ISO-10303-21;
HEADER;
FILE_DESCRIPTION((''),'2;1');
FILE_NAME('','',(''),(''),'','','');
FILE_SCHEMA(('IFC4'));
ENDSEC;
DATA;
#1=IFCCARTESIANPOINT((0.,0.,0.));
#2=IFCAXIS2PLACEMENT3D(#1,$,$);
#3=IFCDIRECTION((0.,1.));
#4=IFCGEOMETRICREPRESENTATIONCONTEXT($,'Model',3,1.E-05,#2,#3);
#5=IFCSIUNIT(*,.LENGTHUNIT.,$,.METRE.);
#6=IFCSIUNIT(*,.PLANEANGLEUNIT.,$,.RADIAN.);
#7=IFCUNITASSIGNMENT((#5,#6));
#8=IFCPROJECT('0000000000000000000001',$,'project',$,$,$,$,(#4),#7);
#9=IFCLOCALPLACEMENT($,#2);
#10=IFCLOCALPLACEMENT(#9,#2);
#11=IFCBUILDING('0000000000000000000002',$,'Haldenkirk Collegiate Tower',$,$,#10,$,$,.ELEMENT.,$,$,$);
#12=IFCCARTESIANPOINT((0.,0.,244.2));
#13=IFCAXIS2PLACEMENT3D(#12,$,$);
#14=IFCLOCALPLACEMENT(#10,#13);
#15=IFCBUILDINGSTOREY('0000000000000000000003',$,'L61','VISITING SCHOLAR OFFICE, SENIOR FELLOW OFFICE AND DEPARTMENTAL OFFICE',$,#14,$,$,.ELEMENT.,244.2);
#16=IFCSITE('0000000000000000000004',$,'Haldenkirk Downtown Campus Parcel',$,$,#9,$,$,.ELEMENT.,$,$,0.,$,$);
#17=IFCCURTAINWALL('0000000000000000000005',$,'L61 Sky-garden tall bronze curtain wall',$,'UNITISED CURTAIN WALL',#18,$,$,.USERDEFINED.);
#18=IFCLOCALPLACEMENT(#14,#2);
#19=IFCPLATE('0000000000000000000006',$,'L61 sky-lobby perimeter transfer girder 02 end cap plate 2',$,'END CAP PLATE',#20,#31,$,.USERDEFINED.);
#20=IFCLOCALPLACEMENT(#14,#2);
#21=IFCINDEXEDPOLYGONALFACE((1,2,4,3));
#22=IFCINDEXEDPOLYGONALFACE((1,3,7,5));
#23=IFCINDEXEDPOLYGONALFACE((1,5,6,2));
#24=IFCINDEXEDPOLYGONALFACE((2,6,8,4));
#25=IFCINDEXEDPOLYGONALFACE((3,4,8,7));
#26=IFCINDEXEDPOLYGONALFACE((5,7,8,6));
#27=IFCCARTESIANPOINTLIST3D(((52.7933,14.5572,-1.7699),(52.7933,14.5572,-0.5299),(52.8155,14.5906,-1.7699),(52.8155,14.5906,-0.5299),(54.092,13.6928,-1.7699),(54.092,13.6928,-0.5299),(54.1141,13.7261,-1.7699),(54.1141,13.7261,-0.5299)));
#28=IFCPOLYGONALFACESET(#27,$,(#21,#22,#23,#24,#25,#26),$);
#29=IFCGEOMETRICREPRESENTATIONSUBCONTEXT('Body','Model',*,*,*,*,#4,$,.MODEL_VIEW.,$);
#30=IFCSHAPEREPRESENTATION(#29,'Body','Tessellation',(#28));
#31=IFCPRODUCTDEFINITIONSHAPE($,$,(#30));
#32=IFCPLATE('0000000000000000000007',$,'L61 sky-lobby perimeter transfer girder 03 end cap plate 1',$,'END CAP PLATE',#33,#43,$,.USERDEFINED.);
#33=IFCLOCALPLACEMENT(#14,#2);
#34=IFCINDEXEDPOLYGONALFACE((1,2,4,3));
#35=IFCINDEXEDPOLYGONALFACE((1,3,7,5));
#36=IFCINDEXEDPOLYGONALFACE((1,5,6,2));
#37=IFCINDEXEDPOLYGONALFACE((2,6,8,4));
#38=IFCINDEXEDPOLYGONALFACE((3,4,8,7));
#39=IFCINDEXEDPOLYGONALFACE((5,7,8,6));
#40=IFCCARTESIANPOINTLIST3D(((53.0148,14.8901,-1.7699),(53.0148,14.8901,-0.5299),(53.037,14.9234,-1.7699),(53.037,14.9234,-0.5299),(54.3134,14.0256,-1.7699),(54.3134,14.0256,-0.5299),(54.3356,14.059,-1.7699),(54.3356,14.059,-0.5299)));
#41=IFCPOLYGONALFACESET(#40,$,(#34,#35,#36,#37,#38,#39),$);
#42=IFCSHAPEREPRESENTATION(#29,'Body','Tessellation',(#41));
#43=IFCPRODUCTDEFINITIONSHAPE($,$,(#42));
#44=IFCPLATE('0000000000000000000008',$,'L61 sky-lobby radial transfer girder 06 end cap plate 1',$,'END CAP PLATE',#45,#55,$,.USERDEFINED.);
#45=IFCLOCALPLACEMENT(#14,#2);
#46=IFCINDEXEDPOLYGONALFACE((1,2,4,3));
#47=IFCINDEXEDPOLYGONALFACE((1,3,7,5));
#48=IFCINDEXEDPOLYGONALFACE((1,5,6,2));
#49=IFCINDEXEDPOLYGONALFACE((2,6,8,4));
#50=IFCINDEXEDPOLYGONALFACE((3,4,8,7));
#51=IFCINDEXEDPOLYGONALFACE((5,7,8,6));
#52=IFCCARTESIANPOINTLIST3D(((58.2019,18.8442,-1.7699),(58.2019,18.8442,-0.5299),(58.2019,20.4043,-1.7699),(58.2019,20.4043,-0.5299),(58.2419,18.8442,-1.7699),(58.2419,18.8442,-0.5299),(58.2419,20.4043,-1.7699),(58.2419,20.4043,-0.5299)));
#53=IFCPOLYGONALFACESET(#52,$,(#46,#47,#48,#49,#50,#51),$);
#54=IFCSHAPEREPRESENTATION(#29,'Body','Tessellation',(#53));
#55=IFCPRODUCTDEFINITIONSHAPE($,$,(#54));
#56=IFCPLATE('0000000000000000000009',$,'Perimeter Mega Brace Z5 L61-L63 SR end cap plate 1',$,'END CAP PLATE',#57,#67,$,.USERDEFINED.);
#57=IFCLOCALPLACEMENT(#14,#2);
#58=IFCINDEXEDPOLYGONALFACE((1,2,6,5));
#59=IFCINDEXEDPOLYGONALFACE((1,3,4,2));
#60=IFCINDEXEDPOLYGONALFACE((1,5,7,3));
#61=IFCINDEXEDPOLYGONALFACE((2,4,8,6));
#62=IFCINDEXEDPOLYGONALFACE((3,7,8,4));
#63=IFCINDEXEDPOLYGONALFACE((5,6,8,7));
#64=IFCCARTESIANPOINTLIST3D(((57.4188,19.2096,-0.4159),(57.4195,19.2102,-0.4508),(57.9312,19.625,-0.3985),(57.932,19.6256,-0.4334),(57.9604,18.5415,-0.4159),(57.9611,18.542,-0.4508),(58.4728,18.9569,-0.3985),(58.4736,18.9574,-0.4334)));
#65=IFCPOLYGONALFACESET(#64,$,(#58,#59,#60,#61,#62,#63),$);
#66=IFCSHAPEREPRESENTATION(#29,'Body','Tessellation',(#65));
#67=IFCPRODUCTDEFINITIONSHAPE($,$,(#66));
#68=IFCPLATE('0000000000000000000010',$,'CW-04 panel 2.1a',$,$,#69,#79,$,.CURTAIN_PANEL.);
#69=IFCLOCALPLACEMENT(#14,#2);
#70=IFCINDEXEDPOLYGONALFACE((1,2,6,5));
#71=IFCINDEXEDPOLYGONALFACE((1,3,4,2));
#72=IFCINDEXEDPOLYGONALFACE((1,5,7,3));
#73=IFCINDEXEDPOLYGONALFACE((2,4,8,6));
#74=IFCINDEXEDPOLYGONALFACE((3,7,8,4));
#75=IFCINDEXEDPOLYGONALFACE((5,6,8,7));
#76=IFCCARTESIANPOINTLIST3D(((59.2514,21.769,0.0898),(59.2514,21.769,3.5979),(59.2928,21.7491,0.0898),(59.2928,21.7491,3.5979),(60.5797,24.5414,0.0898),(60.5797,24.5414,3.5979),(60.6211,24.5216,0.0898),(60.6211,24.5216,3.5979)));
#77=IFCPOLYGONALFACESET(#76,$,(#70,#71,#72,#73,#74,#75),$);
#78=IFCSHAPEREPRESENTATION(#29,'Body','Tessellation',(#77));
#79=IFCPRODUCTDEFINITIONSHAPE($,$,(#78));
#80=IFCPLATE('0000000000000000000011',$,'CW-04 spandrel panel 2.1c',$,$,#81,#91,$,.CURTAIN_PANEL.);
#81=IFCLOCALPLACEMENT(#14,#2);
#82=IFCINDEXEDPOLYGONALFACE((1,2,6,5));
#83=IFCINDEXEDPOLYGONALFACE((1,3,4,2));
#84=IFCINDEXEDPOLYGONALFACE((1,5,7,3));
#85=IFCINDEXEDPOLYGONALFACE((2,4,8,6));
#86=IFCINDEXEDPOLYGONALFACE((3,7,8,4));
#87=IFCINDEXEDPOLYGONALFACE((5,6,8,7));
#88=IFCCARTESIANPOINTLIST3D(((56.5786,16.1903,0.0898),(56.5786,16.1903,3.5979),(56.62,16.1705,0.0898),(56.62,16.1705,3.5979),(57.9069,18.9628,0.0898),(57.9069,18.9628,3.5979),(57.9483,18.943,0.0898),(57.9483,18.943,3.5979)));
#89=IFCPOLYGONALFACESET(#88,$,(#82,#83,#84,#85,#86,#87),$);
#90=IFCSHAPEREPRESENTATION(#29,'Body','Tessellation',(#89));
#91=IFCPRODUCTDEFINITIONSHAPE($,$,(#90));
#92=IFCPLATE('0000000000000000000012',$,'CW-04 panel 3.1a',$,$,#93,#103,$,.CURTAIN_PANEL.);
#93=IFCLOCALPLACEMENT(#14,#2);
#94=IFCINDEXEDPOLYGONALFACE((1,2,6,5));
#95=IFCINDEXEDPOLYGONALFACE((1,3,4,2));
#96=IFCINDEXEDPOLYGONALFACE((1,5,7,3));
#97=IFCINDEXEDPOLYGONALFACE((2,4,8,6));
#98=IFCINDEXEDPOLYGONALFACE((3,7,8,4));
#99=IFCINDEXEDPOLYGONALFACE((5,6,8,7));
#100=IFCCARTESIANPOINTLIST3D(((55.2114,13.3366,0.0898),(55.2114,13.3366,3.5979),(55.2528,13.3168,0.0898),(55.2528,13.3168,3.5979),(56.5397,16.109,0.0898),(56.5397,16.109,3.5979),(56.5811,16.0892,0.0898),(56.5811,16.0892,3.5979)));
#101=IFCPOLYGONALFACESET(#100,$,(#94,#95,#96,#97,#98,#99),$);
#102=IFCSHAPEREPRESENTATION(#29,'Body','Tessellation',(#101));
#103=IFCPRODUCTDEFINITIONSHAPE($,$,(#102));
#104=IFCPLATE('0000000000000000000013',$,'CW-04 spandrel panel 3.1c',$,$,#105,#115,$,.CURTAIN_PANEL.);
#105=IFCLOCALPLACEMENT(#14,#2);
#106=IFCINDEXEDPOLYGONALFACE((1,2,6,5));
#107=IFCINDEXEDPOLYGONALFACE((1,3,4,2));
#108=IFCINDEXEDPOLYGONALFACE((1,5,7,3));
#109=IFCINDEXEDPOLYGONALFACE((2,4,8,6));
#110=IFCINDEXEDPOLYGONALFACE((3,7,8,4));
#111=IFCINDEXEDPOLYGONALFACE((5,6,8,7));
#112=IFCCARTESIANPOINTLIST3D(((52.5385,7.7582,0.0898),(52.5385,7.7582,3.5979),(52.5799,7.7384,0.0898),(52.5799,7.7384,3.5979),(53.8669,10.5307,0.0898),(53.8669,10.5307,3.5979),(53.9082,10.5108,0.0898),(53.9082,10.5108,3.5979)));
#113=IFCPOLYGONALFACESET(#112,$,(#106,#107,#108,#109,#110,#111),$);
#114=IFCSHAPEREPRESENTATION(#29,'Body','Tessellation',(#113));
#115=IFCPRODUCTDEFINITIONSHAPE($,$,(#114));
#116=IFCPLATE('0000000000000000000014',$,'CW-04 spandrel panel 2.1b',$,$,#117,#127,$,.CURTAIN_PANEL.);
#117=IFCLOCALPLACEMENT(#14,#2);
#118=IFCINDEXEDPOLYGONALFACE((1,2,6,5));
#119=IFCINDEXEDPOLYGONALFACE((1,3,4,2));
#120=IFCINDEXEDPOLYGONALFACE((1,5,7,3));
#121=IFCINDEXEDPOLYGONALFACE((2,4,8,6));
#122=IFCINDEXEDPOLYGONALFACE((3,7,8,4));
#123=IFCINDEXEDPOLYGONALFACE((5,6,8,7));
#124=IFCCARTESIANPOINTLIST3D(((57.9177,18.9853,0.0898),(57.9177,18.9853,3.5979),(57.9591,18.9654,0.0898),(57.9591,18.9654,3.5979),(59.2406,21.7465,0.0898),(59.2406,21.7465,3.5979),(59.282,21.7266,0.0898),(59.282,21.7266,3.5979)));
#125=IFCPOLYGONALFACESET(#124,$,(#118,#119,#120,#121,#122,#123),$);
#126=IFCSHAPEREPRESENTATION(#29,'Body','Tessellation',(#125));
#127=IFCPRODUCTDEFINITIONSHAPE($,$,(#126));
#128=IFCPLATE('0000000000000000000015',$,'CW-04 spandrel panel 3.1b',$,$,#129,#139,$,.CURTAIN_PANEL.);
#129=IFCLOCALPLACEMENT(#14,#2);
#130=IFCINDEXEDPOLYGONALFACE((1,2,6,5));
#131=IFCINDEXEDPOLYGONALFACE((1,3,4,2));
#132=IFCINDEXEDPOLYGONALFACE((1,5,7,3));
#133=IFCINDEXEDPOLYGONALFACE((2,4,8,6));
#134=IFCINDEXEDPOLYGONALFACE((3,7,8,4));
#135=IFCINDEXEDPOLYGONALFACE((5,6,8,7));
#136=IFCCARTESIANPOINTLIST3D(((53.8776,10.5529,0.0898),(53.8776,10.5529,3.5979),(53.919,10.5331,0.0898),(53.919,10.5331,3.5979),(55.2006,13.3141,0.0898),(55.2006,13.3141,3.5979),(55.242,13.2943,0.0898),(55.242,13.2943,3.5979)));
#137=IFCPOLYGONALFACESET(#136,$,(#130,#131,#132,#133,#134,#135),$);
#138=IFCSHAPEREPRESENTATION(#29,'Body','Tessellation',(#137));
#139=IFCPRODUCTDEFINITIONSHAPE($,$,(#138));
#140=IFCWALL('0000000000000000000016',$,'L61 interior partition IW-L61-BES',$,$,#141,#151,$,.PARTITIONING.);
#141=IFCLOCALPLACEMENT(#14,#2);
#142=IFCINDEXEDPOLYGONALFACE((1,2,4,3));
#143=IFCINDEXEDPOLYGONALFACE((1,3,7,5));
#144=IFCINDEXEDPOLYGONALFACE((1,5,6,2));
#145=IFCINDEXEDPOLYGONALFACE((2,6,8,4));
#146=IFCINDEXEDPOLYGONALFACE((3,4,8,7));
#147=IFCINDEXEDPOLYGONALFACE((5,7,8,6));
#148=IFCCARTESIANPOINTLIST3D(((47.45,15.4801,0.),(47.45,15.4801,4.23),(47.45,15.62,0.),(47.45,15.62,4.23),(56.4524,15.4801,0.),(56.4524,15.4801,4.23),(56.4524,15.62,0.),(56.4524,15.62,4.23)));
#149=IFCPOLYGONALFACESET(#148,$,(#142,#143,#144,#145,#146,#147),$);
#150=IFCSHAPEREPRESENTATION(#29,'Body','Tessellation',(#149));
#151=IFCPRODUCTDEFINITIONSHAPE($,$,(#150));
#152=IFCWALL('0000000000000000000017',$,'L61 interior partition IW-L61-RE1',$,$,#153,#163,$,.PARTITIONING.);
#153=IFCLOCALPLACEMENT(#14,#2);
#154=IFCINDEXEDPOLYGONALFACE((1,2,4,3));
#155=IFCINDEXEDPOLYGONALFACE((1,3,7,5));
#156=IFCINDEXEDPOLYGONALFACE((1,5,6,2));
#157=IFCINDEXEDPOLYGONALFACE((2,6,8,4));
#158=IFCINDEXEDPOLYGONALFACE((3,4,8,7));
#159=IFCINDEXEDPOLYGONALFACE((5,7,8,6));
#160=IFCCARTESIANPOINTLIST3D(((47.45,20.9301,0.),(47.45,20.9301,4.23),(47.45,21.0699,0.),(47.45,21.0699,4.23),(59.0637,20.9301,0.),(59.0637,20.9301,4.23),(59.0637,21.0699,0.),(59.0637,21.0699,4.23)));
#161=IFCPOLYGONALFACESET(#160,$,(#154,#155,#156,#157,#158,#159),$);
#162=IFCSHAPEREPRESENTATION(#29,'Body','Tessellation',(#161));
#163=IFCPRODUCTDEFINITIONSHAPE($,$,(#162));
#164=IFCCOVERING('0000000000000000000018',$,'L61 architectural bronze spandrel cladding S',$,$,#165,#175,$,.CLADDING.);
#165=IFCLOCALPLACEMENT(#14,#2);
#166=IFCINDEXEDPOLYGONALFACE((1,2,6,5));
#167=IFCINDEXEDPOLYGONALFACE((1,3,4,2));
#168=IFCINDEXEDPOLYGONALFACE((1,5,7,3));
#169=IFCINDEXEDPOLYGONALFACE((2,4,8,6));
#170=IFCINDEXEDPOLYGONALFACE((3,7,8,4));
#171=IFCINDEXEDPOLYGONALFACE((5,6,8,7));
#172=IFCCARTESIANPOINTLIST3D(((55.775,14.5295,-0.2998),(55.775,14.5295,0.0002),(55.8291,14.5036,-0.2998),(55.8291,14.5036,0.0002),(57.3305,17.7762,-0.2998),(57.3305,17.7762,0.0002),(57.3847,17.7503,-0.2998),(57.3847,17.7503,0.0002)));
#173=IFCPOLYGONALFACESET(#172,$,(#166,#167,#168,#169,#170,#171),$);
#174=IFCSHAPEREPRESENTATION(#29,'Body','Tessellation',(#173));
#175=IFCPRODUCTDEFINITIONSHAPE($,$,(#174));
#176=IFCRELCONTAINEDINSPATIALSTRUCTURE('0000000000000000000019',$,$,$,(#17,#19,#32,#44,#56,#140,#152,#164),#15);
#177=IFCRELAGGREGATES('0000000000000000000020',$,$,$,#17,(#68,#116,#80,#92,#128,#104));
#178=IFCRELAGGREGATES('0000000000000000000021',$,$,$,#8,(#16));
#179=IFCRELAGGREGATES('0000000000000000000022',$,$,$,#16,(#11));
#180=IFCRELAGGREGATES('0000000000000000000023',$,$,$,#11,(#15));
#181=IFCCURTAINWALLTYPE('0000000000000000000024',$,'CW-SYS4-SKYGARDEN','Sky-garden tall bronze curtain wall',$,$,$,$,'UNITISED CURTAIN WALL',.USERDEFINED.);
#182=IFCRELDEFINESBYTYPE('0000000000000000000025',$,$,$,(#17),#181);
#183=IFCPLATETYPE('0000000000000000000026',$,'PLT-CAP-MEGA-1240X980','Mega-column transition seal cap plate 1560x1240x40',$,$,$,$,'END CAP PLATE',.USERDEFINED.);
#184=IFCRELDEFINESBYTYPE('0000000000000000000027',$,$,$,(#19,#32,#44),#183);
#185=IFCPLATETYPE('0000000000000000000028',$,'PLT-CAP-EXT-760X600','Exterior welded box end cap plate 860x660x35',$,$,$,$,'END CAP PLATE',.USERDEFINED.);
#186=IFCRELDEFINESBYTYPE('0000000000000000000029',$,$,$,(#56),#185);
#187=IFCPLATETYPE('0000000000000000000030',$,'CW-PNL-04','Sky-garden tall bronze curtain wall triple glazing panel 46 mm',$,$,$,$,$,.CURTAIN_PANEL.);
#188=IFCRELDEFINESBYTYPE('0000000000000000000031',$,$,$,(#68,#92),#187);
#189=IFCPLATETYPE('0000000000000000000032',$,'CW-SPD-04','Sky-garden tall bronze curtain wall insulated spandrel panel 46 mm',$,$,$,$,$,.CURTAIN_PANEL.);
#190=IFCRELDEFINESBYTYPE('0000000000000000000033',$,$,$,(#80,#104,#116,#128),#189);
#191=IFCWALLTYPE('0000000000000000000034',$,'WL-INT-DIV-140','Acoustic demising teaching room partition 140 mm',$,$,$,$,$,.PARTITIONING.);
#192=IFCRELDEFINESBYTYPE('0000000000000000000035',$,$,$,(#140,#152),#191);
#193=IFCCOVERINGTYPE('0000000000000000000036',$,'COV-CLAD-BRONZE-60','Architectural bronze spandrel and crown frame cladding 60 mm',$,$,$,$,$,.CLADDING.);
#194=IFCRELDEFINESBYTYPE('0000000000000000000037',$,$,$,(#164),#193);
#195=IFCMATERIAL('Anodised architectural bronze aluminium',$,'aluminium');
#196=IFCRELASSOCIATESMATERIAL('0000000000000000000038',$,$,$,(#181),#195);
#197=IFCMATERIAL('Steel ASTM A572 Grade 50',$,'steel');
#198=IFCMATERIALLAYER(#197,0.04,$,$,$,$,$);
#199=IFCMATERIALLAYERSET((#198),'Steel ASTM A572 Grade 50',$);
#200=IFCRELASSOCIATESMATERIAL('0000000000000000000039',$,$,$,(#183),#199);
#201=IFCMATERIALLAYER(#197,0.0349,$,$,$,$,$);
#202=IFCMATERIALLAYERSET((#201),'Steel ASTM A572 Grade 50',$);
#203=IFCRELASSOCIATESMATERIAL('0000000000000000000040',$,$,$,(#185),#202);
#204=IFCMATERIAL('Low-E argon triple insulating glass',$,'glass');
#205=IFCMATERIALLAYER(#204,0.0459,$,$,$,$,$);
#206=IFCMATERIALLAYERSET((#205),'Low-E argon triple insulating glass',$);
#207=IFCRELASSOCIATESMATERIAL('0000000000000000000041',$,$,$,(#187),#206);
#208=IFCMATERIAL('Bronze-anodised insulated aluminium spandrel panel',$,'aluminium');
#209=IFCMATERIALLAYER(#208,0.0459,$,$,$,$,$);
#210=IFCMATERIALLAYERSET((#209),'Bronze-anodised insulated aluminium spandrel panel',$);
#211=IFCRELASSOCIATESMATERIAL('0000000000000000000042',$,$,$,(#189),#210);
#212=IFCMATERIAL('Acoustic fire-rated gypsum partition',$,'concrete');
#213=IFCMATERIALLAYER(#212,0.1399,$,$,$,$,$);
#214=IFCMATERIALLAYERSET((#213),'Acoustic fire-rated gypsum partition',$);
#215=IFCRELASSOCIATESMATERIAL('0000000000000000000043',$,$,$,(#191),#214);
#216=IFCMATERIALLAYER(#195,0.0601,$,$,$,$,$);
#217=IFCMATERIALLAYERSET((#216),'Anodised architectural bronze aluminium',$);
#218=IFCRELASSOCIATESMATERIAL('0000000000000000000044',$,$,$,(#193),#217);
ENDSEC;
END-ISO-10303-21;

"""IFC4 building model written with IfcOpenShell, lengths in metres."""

from ifc_helpers import new_model, si_unit, direction, frame, frame_2d, origin, origin_2d, place, context, subcontext, project, spatial, rectangle, extrude, source, transform, mapped, material, layer, layer_set, type_object, element, aggregate, save


model = new_model("IFC4")

# Units and contexts
model_context = context("Model", 3, precision=1e-05, world=origin(), true_north=direction((0.0, 1.0)))
body_context = subcontext(model_context, "Body", "Model", "MODEL_VIEW")
ifc_project = project(units=[si_unit("LENGTHUNIT", "METRE"), si_unit("PLANEANGLEUNIT", "RADIAN")], contexts=[model_context])

# Site, building, storey
site_placement = place(None, origin())
site = spatial("IfcSite", under=ifc_project, at=site_placement, Name="Haldenkirk Downtown Campus Parcel", CompositionType="ELEMENT", RefElevation=0.0)
building_placement = place(site_placement, origin())
building = spatial("IfcBuilding", under=site, at=building_placement, Name="Haldenkirk Collegiate Tower", CompositionType="ELEMENT")
storey_placement = place(building_placement, frame((0.0, 0.0, 244.2)))
storey = spatial("IfcBuildingStorey", under=building, at=storey_placement, Name="L61", Description="VISITING SCHOLAR OFFICE, SENIOR FELLOW OFFICE AND DEPARTMENTAL OFFICE", CompositionType="ELEMENT", Elevation=244.2)

# Shared definitions
ifc_material_1 = material(Name="Steel ASTM A572 Grade 50", Category="steel")

# Curtain wall
ifc_material_2 = material(Name="Anodised architectural bronze aluminium", Category="aluminium")
curtain_wall_type = type_object("IfcCurtainWallType", Name="CW-SYS4-SKYGARDEN", Description="Sky-garden tall bronze curtain wall", ElementType="UNITISED CURTAIN WALL", PredefinedType="USERDEFINED", material=ifc_material_2)
curtain_wall_placement = place(storey_placement, origin())
curtain_wall = element("IfcCurtainWall", 1, at=curtain_wall_placement, inside=storey, type_object=curtain_wall_type, Name="L61 Sky-garden tall bronze curtain wall", ObjectType="UNITISED CURTAIN WALL", PredefinedType="USERDEFINED")

# Plates
ifc_layer_1 = layer(ifc_material_1, 0.04)
ifc_layer_set_1 = layer_set([ifc_layer_1], Name="Steel ASTM A572 Grade 50")
plate_type_1 = type_object("IfcPlateType", Name="PLT-CAP-MEGA-1240X980", Description="Mega-column transition seal cap plate 1560x1240x40", ElementType="END CAP PLATE", PredefinedType="USERDEFINED", material=ifc_layer_set_1)
shared_shape_1 = source(origin(), body_context, "Body", "SweptSolid", [
    extrude(rectangle(XDim=1.5601, YDim=1.24, at=origin_2d()), origin(), (0.0, 0.0, 1.0), 0.04),
])
for number, where, z_axis, x_axis, name in (
    (2, (53.4426, 14.125, -1.1499), (0.554118, 0.832438, 0.0), (-0.832438, 0.554118, 0.0), "L61 sky-lobby perimeter transfer girder 02 end cap plate 2"),
    (3, (53.6863, 14.4912, -1.1499), (-0.554123, -0.832435, 0.0), (0.832435, -0.554123, 0.0), "L61 sky-lobby perimeter transfer girder 03 end cap plate 1"),
    (4, (58.2019, 19.6243, -1.1499), (1.0, 0.0, 0.0), (0.0, 1.0, 0.0), "L61 sky-lobby radial transfer girder 06 end cap plate 1"),
):
    element("IfcPlate", number, at=place(storey_placement, frame(where, z_axis=z_axis, x_axis=x_axis)), inside=storey, type_object=plate_type_1, Name=name, ObjectType="END CAP PLATE", PredefinedType="USERDEFINED", context=body_context, shape_type="MappedRepresentation", body=[
        mapped(shared_shape_1, transform((0.0, 0.0, 0.0), x_axis=(1.0, 0.0, 0.0), y_axis=(0.0, 1.0, 0.0), z_axis=(0.0, 0.0, 1.0), scale=1.0)),
    ])
ifc_layer_2 = layer(ifc_material_1, 0.0349)
ifc_layer_set_2 = layer_set([ifc_layer_2], Name="Steel ASTM A572 Grade 50")
plate_type_2 = type_object("IfcPlateType", Name="PLT-CAP-EXT-760X600", Description="Exterior welded box end cap plate 860x660x35", ElementType="END CAP PLATE", PredefinedType="USERDEFINED", material=ifc_layer_set_2)
shared_shape_2 = source(origin(), body_context, "Body", "SweptSolid", [
    extrude(rectangle(XDim=0.8601, YDim=0.6599, at=origin_2d()), origin(), (0.0, 0.0, 1.0), 0.0349),
])
plate_1_placement = place(storey_placement, frame((57.9458, 19.0833, -0.4072), z_axis=(0.020446, 0.016573, -0.999654), x_axis=(-0.629685, 0.776851, 0.0)))
element("IfcPlate", 5, at=plate_1_placement, inside=storey, type_object=plate_type_2, Name="Perimeter Mega Brace Z5 L61-L63 SR end cap plate 1", ObjectType="END CAP PLATE", PredefinedType="USERDEFINED", context=body_context, shape_type="MappedRepresentation", body=[
    mapped(shared_shape_2, transform((0.0, 0.0, 0.0), x_axis=(1.0, 0.0, 0.0), y_axis=(0.0, 1.0, 0.0), z_axis=(0.0, 0.0, 1.0), scale=1.0)),
])

# Plates
ifc_material_3 = material(Name="Low-E argon triple insulating glass", Category="glass")
ifc_layer_3 = layer(ifc_material_3, 0.0459)
ifc_layer_set_3 = layer_set([ifc_layer_3], Name="Low-E argon triple insulating glass")
plate_type_3 = type_object("IfcPlateType", Name="CW-PNL-04", Description="Sky-garden tall bronze curtain wall triple glazing panel 46 mm", PredefinedType="CURTAIN_PANEL", material=ifc_layer_set_3)
shared_shape_3 = source(origin(), body_context, "Body", "SweptSolid", [
    extrude(rectangle(XDim=3.0742, YDim=0.0459, at=origin_2d()), origin(), (0.0, 0.0, 1.0), 3.5081),
])
plate_2_placement = place(storey_placement, frame((59.9363, 23.1453, 0.0898), z_axis=(0.0, 0.0, 1.0), x_axis=(-0.432083, -0.901834, 0.0)))
plate_2 = element("IfcPlate", 6, at=plate_2_placement, type_object=plate_type_3, Name="CW-04 panel 2.1a", PredefinedType="CURTAIN_PANEL", context=body_context, shape_type="MappedRepresentation", body=[
    mapped(shared_shape_3, transform((0.0, 0.0, 0.0), x_axis=(1.0, 0.0, 0.0), y_axis=(0.0, 1.0, 0.0), z_axis=(0.0, 0.0, 1.0), scale=1.0)),
])
ifc_material_4 = material(Name="Bronze-anodised insulated aluminium spandrel panel", Category="aluminium")
ifc_layer_4 = layer(ifc_material_4, 0.0459)
ifc_layer_set_4 = layer_set([ifc_layer_4], Name="Bronze-anodised insulated aluminium spandrel panel")
plate_type_4 = type_object("IfcPlateType", Name="CW-SPD-04", Description="Sky-garden tall bronze curtain wall insulated spandrel panel 46 mm", PredefinedType="CURTAIN_PANEL", material=ifc_layer_set_4)
plate_3_placement = place(storey_placement, frame((57.2634, 17.5667, 0.0898), z_axis=(0.0, 0.0, 1.0), x_axis=(-0.432083, -0.901834, 0.0)))
plate_3 = element("IfcPlate", 7, at=plate_3_placement, type_object=plate_type_4, Name="CW-04 spandrel panel 2.1c", PredefinedType="CURTAIN_PANEL", context=body_context, shape_type="MappedRepresentation", body=[
    mapped(shared_shape_3, transform((0.0, 0.0, 0.0), x_axis=(1.0, 0.0, 0.0), y_axis=(0.0, 1.0, 0.0), z_axis=(0.0, 0.0, 1.0), scale=1.0)),
])
plate_4_placement = place(storey_placement, frame((55.8962, 14.7129, 0.0898), z_axis=(0.0, 0.0, 1.0), x_axis=(-0.432083, -0.901834, 0.0)))
plate_4 = element("IfcPlate", 8, at=plate_4_placement, type_object=plate_type_3, Name="CW-04 panel 3.1a", PredefinedType="CURTAIN_PANEL", context=body_context, shape_type="MappedRepresentation", body=[
    mapped(shared_shape_3, transform((0.0, 0.0, 0.0), x_axis=(1.0, 0.0, 0.0), y_axis=(0.0, 1.0, 0.0), z_axis=(0.0, 0.0, 1.0), scale=1.0)),
])
plate_5_placement = place(storey_placement, frame((53.2234, 9.1345, 0.0898), z_axis=(0.0, 0.0, 1.0), x_axis=(-0.432083, -0.901834, 0.0)))
plate_5 = element("IfcPlate", 9, at=plate_5_placement, type_object=plate_type_4, Name="CW-04 spandrel panel 3.1c", PredefinedType="CURTAIN_PANEL", context=body_context, shape_type="MappedRepresentation", body=[
    mapped(shared_shape_3, transform((0.0, 0.0, 0.0), x_axis=(1.0, 0.0, 0.0), y_axis=(0.0, 1.0, 0.0), z_axis=(0.0, 0.0, 1.0), scale=1.0)),
])
shared_shape_4 = source(origin(), body_context, "Body", "SweptSolid", [
    extrude(rectangle(XDim=3.0618, YDim=0.0459, at=origin_2d()), origin(), (0.0, 0.0, 1.0), 3.5081),
])
plate_6_placement = place(storey_placement, frame((58.5999, 20.356, 0.0898), z_axis=(0.0, 0.0, 1.0), x_axis=(-0.432083, -0.901834, 0.0)))
plate_6 = element("IfcPlate", 10, at=plate_6_placement, type_object=plate_type_4, Name="CW-04 spandrel panel 2.1b", PredefinedType="CURTAIN_PANEL", context=body_context, shape_type="MappedRepresentation", body=[
    mapped(shared_shape_4, transform((0.0, 0.0, 0.0), x_axis=(1.0, 0.0, 0.0), y_axis=(0.0, 1.0, 0.0), z_axis=(0.0, 0.0, 1.0), scale=1.0)),
])
plate_7_placement = place(storey_placement, frame((54.5598, 11.9236, 0.0898), z_axis=(0.0, 0.0, 1.0), x_axis=(-0.432083, -0.901834, 0.0)))
plate_7 = element("IfcPlate", 11, at=plate_7_placement, type_object=plate_type_4, Name="CW-04 spandrel panel 3.1b", PredefinedType="CURTAIN_PANEL", context=body_context, shape_type="MappedRepresentation", body=[
    mapped(shared_shape_4, transform((0.0, 0.0, 0.0), x_axis=(1.0, 0.0, 0.0), y_axis=(0.0, 1.0, 0.0), z_axis=(0.0, 0.0, 1.0), scale=1.0)),
])
aggregate(curtain_wall, [plate_2, plate_6, plate_3, plate_4, plate_7, plate_5])

# Walls
ifc_material_5 = material(Name="Acoustic fire-rated gypsum partition", Category="concrete")
ifc_layer_5 = layer(ifc_material_5, 0.1399)
ifc_layer_set_5 = layer_set([ifc_layer_5], Name="Acoustic fire-rated gypsum partition")
wall_type = type_object("IfcWallType", Name="WL-INT-DIV-140", Description="Acoustic demising teaching room partition 140 mm", PredefinedType="PARTITIONING", material=ifc_layer_set_5)
wall_1_placement = place(storey_placement, frame((47.45, 15.55, 0.0), z_axis=(0.0, 0.0, 1.0), x_axis=(1.0, 0.0, 0.0)))
element("IfcWall", 12, at=wall_1_placement, inside=storey, type_object=wall_type, Name="L61 interior partition IW-L61-BES", PredefinedType="PARTITIONING", context=body_context, shape_type="SweptSolid", body=[
    extrude(rectangle(XDim=9.0024, YDim=0.1399, at=frame_2d((4.5012, 0.0))), origin(), (0.0, 0.0, 1.0), 4.23),
])
wall_2_placement = place(storey_placement, frame((47.45, 21.0, 0.0), z_axis=(0.0, 0.0, 1.0), x_axis=(1.0, 0.0, 0.0)))
element("IfcWall", 13, at=wall_2_placement, inside=storey, type_object=wall_type, Name="L61 interior partition IW-L61-RE1", PredefinedType="PARTITIONING", context=body_context, shape_type="SweptSolid", body=[
    extrude(rectangle(XDim=11.6138, YDim=0.1399, at=frame_2d((5.8069, 0.0))), origin(), (0.0, 0.0, 1.0), 4.23),
])

# Covering
ifc_layer_6 = layer(ifc_material_2, 0.0601)
ifc_layer_set_6 = layer_set([ifc_layer_6], Name="Anodised architectural bronze aluminium")
covering_type = type_object("IfcCoveringType", Name="COV-CLAD-BRONZE-60", Description="Architectural bronze spandrel and crown frame cladding 60 mm", PredefinedType="CLADDING", material=ifc_layer_set_6)
shared_shape_5 = source(origin(), body_context, "Body", "SweptSolid", [
    extrude(rectangle(XDim=3.6001, YDim=0.0601, at=origin_2d()), origin(), (0.0, 0.0, 1.0), 0.3),
])
covering_placement = place(storey_placement, frame((56.5798, 16.1399, -0.2998), z_axis=(0.0, 0.0, 1.0), x_axis=(-0.432086, -0.901833, 0.0)))
element("IfcCovering", 14, at=covering_placement, inside=storey, type_object=covering_type, Name="L61 architectural bronze spandrel cladding S", PredefinedType="CLADDING", context=body_context, shape_type="MappedRepresentation", body=[
    mapped(shared_shape_5, transform((0.0, 0.0, 0.0), x_axis=(1.0, 0.0, 0.0), y_axis=(0.0, 1.0, 0.0), z_axis=(0.0, 0.0, 1.0), scale=1.0)),
])

save(model, "model.ifc")
